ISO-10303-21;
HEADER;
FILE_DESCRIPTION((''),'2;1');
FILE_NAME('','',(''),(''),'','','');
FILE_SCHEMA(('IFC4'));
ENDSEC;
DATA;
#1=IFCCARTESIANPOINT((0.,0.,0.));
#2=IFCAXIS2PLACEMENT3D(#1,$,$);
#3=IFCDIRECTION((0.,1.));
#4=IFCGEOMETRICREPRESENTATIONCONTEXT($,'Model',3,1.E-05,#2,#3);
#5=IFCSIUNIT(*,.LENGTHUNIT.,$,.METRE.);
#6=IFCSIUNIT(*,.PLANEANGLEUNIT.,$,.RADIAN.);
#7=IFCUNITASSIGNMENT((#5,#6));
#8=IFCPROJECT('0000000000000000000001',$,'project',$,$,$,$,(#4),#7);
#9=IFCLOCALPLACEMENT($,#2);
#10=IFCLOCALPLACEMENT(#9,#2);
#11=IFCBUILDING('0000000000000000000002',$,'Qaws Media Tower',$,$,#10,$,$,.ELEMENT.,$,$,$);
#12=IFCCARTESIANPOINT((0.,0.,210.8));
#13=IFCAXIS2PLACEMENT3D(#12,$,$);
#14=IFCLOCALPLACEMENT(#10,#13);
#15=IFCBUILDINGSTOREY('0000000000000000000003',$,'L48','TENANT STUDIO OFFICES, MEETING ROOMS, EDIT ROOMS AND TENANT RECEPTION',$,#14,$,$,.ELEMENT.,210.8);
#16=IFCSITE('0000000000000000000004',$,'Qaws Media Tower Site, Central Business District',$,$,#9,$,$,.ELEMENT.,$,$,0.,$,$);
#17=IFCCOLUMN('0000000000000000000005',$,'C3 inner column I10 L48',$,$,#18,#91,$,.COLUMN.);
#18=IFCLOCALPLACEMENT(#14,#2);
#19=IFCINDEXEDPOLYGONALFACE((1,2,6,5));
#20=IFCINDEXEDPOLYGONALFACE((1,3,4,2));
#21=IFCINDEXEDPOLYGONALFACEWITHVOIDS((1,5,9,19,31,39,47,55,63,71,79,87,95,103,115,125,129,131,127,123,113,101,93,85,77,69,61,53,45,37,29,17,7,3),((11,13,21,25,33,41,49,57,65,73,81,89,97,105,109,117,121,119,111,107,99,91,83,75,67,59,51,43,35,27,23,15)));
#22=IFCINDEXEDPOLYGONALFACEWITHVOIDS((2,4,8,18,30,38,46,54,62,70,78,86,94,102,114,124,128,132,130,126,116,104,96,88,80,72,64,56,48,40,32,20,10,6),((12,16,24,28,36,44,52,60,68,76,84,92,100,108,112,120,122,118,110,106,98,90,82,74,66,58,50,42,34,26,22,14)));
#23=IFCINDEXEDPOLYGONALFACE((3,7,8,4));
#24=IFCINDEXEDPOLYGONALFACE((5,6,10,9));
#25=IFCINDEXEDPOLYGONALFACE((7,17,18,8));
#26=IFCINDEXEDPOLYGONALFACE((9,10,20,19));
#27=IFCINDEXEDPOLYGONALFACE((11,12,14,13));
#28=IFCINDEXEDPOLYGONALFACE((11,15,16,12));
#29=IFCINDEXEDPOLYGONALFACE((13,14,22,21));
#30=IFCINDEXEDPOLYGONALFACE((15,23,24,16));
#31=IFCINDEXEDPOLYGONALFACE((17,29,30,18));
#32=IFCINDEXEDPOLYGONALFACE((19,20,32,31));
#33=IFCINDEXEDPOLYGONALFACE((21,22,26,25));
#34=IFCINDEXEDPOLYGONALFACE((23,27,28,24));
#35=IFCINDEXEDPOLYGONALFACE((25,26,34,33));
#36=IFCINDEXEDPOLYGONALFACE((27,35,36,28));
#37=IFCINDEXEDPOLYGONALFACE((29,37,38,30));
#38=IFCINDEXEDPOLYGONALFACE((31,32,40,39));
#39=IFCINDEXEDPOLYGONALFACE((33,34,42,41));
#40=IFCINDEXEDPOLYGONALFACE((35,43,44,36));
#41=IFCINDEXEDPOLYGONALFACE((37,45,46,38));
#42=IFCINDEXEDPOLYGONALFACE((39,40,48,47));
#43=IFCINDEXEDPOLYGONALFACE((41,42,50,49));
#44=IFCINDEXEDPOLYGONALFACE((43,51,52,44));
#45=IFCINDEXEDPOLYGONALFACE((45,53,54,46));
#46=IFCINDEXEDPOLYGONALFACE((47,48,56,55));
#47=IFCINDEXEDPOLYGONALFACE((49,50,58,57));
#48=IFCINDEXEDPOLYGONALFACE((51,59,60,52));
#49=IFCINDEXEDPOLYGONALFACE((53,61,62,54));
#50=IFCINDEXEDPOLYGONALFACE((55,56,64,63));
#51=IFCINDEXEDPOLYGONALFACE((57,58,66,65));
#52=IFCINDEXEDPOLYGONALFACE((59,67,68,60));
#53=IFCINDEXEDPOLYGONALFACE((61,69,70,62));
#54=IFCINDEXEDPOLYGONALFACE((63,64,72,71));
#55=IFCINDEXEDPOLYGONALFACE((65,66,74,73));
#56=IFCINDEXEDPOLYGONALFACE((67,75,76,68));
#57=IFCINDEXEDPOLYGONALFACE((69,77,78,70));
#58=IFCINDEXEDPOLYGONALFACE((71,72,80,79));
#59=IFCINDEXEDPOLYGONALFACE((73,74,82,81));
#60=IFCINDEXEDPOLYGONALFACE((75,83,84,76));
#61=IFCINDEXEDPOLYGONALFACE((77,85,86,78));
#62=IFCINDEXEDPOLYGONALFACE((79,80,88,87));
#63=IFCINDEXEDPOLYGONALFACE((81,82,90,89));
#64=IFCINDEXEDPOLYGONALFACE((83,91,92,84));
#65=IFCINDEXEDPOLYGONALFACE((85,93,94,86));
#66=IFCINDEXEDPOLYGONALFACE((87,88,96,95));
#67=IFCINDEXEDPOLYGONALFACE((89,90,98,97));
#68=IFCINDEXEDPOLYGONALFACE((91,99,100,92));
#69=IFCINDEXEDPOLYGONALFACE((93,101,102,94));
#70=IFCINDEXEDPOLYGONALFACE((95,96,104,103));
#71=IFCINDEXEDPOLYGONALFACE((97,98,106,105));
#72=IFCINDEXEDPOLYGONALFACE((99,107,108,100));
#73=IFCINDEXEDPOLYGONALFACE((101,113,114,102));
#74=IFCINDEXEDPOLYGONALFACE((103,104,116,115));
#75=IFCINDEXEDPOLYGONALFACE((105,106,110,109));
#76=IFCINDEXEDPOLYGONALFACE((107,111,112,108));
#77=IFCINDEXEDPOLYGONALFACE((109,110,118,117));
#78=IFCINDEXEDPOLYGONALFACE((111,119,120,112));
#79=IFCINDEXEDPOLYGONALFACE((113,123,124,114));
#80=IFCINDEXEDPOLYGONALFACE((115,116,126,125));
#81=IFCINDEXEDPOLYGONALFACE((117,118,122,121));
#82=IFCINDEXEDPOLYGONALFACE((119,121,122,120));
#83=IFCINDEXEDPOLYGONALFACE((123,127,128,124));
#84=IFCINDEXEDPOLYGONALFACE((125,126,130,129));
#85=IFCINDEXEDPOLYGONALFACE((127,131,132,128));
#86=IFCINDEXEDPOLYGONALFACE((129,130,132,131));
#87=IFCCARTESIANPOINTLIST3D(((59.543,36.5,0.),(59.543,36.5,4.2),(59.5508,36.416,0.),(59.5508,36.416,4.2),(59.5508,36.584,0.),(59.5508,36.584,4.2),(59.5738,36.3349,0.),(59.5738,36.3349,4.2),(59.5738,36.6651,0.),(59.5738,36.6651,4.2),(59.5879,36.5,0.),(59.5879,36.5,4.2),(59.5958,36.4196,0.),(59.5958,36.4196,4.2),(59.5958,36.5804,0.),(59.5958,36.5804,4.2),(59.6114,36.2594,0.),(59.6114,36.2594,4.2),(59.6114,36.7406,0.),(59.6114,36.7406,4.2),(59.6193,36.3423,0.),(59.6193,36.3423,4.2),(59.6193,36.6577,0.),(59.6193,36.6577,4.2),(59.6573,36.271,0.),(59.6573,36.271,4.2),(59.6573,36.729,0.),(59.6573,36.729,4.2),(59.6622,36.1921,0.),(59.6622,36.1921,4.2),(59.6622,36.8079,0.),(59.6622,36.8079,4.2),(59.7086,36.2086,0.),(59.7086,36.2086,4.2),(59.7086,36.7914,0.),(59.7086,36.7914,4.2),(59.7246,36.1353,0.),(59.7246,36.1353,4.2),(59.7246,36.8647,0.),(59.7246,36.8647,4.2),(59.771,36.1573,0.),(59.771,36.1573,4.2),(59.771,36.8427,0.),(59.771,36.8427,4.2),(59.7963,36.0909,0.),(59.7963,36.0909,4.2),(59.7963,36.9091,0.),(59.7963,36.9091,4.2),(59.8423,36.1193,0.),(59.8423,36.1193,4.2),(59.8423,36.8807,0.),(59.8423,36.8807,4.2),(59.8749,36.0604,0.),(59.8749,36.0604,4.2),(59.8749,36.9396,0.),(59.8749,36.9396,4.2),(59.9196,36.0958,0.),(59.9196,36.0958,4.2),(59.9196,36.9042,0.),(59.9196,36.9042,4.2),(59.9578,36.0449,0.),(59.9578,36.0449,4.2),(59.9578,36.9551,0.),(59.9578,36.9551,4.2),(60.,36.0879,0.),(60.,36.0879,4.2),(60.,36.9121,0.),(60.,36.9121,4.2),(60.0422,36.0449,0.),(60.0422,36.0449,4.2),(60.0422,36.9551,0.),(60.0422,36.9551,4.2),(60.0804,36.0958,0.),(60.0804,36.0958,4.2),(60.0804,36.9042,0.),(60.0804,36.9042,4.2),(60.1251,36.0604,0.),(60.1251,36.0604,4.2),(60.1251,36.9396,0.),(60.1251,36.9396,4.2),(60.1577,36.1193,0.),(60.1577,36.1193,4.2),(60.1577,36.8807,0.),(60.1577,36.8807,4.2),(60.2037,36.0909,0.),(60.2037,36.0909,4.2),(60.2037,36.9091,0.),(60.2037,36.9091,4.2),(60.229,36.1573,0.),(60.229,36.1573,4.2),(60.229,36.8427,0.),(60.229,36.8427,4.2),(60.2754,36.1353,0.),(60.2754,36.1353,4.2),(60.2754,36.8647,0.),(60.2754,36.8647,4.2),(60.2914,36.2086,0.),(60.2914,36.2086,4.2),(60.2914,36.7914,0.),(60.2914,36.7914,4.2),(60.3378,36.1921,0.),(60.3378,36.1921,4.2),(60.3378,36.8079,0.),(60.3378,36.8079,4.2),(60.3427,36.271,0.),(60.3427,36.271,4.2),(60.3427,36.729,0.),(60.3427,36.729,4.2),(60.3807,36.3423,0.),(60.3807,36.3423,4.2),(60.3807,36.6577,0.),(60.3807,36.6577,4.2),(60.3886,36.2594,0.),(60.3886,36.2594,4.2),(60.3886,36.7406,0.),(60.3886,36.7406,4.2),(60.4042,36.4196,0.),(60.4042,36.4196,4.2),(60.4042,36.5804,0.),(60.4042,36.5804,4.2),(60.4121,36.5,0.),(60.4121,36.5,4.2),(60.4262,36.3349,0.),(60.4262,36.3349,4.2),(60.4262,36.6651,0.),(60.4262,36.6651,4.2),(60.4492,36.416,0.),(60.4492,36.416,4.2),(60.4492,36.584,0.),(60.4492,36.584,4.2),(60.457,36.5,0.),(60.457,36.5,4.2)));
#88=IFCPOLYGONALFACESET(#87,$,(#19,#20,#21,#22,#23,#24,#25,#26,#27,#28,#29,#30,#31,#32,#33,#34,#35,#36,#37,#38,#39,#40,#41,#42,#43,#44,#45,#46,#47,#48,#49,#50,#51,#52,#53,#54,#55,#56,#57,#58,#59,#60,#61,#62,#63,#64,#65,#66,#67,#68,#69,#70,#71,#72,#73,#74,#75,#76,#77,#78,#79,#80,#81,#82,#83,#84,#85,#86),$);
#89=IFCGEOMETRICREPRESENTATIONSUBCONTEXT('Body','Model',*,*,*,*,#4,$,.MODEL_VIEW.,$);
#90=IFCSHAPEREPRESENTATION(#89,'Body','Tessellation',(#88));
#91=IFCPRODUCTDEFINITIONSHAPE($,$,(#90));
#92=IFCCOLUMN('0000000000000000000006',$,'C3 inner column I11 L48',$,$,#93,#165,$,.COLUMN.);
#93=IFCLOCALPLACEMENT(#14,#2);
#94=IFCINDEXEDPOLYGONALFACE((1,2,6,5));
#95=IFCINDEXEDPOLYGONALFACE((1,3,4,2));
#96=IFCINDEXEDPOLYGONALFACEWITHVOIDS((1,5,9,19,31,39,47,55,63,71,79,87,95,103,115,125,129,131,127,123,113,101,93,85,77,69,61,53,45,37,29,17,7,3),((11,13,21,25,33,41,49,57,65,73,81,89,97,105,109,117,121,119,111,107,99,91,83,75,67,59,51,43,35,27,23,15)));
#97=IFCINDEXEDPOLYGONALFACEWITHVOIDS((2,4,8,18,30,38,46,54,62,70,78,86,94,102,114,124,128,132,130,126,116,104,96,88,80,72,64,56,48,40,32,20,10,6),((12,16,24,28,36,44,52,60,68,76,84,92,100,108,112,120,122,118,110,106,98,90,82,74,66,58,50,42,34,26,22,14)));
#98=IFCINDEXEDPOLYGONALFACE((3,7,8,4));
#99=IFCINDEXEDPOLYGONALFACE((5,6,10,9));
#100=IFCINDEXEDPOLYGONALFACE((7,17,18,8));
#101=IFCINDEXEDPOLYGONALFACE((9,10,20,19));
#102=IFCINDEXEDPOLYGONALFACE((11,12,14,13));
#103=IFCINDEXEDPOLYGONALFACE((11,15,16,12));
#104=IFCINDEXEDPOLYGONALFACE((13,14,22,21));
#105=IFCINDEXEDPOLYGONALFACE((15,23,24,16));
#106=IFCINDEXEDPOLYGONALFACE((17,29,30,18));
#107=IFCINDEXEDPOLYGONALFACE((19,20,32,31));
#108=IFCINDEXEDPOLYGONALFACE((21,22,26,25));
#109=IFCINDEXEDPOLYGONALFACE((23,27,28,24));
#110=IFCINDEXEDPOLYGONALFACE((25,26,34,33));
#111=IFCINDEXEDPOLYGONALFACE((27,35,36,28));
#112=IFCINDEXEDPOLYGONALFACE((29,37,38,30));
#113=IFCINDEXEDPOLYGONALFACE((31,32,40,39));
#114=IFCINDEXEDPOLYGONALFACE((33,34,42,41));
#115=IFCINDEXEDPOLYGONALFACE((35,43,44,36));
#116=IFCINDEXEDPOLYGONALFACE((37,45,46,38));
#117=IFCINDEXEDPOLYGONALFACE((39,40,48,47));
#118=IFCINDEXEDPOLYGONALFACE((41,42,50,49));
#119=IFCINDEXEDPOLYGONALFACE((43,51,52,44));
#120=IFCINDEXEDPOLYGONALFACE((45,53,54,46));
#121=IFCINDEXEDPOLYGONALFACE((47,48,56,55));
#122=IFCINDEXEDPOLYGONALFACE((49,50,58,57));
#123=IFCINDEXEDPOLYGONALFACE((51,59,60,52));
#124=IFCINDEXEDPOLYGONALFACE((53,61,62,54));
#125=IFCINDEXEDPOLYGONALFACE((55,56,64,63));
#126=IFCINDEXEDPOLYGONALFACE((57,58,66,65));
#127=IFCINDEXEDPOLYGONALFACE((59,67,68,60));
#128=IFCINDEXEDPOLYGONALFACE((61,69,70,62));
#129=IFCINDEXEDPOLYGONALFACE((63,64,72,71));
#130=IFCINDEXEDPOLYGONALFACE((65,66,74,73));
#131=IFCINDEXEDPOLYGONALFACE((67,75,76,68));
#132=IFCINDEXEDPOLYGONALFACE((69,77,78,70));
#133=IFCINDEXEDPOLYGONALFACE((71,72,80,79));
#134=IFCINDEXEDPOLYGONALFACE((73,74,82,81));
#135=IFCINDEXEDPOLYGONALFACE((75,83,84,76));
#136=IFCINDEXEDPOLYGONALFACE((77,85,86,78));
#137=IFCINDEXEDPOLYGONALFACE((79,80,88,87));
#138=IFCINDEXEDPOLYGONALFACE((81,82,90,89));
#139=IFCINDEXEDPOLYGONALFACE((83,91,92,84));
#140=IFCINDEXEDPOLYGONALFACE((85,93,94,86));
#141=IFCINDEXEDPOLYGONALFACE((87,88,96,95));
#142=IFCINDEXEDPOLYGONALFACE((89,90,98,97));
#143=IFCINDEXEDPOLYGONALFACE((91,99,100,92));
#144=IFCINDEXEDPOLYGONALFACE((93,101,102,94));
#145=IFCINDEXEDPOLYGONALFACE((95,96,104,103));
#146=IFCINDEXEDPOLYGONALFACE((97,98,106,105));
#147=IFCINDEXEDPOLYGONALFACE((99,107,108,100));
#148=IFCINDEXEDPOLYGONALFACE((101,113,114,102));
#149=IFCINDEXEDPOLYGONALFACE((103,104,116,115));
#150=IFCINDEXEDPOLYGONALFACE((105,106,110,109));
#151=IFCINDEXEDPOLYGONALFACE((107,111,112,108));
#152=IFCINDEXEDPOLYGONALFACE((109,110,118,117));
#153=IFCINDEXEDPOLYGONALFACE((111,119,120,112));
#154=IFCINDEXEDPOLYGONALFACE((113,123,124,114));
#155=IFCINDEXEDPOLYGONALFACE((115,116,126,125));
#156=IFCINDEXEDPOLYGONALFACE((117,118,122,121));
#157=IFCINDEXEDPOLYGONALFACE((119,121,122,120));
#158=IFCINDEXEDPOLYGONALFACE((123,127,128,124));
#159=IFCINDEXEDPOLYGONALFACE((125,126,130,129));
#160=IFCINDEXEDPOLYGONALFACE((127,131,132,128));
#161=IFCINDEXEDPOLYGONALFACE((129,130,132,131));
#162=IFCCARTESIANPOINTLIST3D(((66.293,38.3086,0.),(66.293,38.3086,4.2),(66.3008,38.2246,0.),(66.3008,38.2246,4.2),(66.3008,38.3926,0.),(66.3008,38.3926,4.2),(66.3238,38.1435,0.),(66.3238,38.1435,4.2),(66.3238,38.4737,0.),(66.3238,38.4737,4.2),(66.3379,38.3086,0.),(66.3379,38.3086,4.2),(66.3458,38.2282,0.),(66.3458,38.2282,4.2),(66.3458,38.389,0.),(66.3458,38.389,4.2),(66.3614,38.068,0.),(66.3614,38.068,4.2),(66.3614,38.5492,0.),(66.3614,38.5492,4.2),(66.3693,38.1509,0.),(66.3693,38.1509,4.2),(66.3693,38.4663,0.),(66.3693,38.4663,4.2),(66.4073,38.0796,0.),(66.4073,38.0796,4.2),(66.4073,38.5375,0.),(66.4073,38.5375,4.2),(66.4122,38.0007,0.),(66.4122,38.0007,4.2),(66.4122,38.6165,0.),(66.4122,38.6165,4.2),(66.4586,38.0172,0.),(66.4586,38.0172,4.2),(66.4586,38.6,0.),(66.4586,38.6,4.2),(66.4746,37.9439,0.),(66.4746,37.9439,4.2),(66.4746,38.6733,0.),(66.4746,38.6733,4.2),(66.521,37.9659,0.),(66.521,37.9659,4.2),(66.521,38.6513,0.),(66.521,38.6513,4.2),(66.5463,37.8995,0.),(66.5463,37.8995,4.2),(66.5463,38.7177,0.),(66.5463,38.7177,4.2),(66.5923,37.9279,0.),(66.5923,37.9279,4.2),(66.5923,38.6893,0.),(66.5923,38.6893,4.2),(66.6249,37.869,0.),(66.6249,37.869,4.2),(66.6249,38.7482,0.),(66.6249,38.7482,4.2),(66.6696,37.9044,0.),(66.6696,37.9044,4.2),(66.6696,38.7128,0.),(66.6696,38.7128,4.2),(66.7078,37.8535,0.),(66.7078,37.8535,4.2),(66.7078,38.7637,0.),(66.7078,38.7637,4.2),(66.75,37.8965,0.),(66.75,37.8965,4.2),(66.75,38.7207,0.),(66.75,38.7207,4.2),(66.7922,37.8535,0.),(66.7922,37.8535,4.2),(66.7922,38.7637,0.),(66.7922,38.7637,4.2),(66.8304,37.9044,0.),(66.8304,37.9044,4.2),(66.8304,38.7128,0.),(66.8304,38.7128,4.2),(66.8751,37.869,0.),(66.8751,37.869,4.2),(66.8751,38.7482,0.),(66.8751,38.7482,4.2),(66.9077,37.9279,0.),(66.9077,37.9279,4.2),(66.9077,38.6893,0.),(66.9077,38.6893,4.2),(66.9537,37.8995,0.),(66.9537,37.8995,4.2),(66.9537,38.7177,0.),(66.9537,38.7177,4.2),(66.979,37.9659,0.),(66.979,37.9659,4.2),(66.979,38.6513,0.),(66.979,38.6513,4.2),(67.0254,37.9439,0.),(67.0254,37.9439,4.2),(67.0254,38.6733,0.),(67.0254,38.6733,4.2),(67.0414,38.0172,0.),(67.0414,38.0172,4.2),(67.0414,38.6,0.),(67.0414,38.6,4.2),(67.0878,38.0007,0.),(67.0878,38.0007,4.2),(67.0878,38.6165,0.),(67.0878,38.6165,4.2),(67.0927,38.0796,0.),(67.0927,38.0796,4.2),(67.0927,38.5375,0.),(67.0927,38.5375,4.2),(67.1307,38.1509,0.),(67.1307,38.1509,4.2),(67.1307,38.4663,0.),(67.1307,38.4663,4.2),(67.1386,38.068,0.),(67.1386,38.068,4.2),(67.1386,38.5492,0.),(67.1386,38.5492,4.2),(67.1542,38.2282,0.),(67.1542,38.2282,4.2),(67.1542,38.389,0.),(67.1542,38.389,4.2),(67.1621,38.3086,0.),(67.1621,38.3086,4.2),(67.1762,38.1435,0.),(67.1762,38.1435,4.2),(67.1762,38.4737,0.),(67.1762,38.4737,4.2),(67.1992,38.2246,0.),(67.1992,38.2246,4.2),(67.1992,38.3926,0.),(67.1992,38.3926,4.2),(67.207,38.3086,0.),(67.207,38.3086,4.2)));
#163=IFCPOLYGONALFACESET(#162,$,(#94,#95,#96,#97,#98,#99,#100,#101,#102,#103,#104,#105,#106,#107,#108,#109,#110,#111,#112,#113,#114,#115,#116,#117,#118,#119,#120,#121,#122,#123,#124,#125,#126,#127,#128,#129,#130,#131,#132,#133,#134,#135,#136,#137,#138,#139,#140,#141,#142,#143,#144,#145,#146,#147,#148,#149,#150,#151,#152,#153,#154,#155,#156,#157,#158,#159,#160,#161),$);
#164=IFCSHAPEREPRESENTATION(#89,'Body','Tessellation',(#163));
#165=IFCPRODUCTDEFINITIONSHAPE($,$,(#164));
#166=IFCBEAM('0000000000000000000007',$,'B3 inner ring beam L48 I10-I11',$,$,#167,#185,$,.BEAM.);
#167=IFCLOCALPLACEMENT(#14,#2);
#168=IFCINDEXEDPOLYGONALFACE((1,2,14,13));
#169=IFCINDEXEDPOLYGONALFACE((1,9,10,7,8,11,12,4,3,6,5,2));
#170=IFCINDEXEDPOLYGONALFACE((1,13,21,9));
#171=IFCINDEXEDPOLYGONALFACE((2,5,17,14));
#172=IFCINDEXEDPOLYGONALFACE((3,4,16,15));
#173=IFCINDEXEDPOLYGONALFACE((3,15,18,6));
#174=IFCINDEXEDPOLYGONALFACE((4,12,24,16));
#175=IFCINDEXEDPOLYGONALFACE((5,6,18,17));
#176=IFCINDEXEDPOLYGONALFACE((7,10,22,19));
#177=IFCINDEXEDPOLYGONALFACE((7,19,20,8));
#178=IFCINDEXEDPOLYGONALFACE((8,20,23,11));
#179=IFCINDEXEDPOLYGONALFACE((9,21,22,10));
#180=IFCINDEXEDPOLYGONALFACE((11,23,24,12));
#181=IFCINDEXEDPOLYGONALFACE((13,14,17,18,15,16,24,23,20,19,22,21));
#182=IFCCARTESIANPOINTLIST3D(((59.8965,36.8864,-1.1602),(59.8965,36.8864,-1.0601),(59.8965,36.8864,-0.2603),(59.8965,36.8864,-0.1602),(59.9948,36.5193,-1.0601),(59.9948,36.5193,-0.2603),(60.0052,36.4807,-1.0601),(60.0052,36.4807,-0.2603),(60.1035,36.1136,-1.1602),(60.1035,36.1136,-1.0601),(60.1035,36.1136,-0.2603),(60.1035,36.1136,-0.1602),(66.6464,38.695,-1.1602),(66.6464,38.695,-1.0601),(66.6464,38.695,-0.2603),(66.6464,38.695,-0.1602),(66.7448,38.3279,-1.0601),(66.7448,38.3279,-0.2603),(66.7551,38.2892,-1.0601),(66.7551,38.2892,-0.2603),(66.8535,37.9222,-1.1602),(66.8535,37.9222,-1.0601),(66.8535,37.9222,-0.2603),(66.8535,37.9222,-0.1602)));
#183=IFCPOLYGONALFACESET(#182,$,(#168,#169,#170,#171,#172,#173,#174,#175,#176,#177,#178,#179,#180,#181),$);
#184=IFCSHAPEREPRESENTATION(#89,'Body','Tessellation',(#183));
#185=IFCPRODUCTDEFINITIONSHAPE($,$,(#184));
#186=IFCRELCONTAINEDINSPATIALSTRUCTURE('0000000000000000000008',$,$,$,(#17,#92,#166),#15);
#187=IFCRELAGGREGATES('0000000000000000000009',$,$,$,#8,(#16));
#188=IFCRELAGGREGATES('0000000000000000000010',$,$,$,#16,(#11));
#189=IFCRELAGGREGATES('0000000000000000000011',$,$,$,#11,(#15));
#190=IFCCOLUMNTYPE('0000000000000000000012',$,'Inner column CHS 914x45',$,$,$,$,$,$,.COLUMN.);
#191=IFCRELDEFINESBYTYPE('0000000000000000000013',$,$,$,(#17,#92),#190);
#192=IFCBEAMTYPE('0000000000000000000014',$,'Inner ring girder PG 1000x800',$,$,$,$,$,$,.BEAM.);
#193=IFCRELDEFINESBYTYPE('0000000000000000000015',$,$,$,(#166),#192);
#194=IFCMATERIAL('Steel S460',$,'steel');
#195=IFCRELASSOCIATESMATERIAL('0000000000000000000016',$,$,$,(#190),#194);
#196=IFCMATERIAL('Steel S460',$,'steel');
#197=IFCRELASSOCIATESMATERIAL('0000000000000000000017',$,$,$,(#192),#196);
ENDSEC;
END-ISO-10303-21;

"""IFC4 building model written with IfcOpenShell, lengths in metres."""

from ifc_helpers import new_model, si_unit, direction, frame, origin, origin_2d, place, context, subcontext, project, spatial, hollow_circle, i_section, extrude, material, material_profile, profile_set, type_object, element, save


model = new_model("IFC4")

# Units and contexts
model_context = context("Model", 3, precision=1e-05, world=origin(), true_north=direction((0.0, 1.0)))
body_context = subcontext(model_context, "Body", "Model", "MODEL_VIEW")
ifc_project = project(units=[si_unit("LENGTHUNIT", "METRE"), si_unit("PLANEANGLEUNIT", "RADIAN")], contexts=[model_context])

# Site, building, storey
site_placement = place(None, origin())
site = spatial("IfcSite", under=ifc_project, at=site_placement, Name="Qaws Media Tower Site, Central Business District", CompositionType="ELEMENT", RefElevation=0.0)
building_placement = place(site_placement, origin())
building = spatial("IfcBuilding", under=site, at=building_placement, Name="Qaws Media Tower", CompositionType="ELEMENT")
storey_placement = place(building_placement, frame((0.0, 0.0, 210.8)))
storey = spatial("IfcBuildingStorey", under=building, at=storey_placement, Name="L48", Description="TENANT STUDIO OFFICES, MEETING ROOMS, EDIT ROOMS AND TENANT RECEPTION", CompositionType="ELEMENT", Elevation=210.8)

# Columns
ifc_material_1 = material(Name="Steel S460", Category="steel")
ifc_material_profile_1 = material_profile(ifc_material_1, hollow_circle(Radius=0.457, WallThickness=0.0449, at=origin_2d()), Name="CHS 914x45")
ifc_profile_set_1 = profile_set([ifc_material_profile_1], Name="Steel S460")
column_type = type_object("IfcColumnType", Name="Inner column CHS 914x45", PredefinedType="COLUMN", material=ifc_profile_set_1)
for number, where, z_axis, x_axis, name in (
    (1, (60.0, 36.5, 0.0), (0.0, 0.0, 1.0), (1.0, 0.0, 0.0), "C3 inner column I10 L48"),
    (2, (66.75, 38.3086, 0.0), (0.0, 0.0, 1.0), (1.0, 0.0, 0.0), "C3 inner column I11 L48"),
):
    element("IfcColumn", number, at=place(storey_placement, frame(where, z_axis=z_axis, x_axis=x_axis)), inside=storey, type_object=column_type, Name=name, PredefinedType="COLUMN", context=body_context, shape_type="SweptSolid", body=[
        extrude(hollow_circle(Radius=0.457, WallThickness=0.0449, at=origin_2d()), origin(), (0.0, 0.0, 1.0), 4.2),
    ])

# Beam
ifc_material_2 = material(Name="Steel S460", Category="steel")
ifc_material_profile_2 = material_profile(ifc_material_2, i_section(OverallWidth=0.8, OverallDepth=1.0, WebThickness=0.04, FlangeThickness=0.1001, at=origin_2d()), Name="PG 1000x800")
ifc_profile_set_2 = profile_set([ifc_material_profile_2], Name="Steel S460")
beam_type_1 = type_object("IfcBeamType", Name="Inner ring girder PG 1000x800", PredefinedType="BEAM", material=ifc_profile_set_2)
beam_1_placement = place(storey_placement, frame((60.0, 36.5, -0.6602), z_axis=(0.965928, 0.258811, 0.0), x_axis=(-0.258811, 0.965928, 0.0)))
element("IfcBeam", 3, at=beam_1_placement, inside=storey, type_object=beam_type_1, Name="B3 inner ring beam L48 I10-I11", PredefinedType="BEAM", context=body_context, shape_type="SweptSolid", body=[
    extrude(i_section(OverallWidth=0.8, OverallDepth=1.0, WebThickness=0.04, FlangeThickness=0.1001, at=origin_2d()), origin(), (0.0, 0.0, 1.0), 6.988),
])

save(model, "model.ifc")
